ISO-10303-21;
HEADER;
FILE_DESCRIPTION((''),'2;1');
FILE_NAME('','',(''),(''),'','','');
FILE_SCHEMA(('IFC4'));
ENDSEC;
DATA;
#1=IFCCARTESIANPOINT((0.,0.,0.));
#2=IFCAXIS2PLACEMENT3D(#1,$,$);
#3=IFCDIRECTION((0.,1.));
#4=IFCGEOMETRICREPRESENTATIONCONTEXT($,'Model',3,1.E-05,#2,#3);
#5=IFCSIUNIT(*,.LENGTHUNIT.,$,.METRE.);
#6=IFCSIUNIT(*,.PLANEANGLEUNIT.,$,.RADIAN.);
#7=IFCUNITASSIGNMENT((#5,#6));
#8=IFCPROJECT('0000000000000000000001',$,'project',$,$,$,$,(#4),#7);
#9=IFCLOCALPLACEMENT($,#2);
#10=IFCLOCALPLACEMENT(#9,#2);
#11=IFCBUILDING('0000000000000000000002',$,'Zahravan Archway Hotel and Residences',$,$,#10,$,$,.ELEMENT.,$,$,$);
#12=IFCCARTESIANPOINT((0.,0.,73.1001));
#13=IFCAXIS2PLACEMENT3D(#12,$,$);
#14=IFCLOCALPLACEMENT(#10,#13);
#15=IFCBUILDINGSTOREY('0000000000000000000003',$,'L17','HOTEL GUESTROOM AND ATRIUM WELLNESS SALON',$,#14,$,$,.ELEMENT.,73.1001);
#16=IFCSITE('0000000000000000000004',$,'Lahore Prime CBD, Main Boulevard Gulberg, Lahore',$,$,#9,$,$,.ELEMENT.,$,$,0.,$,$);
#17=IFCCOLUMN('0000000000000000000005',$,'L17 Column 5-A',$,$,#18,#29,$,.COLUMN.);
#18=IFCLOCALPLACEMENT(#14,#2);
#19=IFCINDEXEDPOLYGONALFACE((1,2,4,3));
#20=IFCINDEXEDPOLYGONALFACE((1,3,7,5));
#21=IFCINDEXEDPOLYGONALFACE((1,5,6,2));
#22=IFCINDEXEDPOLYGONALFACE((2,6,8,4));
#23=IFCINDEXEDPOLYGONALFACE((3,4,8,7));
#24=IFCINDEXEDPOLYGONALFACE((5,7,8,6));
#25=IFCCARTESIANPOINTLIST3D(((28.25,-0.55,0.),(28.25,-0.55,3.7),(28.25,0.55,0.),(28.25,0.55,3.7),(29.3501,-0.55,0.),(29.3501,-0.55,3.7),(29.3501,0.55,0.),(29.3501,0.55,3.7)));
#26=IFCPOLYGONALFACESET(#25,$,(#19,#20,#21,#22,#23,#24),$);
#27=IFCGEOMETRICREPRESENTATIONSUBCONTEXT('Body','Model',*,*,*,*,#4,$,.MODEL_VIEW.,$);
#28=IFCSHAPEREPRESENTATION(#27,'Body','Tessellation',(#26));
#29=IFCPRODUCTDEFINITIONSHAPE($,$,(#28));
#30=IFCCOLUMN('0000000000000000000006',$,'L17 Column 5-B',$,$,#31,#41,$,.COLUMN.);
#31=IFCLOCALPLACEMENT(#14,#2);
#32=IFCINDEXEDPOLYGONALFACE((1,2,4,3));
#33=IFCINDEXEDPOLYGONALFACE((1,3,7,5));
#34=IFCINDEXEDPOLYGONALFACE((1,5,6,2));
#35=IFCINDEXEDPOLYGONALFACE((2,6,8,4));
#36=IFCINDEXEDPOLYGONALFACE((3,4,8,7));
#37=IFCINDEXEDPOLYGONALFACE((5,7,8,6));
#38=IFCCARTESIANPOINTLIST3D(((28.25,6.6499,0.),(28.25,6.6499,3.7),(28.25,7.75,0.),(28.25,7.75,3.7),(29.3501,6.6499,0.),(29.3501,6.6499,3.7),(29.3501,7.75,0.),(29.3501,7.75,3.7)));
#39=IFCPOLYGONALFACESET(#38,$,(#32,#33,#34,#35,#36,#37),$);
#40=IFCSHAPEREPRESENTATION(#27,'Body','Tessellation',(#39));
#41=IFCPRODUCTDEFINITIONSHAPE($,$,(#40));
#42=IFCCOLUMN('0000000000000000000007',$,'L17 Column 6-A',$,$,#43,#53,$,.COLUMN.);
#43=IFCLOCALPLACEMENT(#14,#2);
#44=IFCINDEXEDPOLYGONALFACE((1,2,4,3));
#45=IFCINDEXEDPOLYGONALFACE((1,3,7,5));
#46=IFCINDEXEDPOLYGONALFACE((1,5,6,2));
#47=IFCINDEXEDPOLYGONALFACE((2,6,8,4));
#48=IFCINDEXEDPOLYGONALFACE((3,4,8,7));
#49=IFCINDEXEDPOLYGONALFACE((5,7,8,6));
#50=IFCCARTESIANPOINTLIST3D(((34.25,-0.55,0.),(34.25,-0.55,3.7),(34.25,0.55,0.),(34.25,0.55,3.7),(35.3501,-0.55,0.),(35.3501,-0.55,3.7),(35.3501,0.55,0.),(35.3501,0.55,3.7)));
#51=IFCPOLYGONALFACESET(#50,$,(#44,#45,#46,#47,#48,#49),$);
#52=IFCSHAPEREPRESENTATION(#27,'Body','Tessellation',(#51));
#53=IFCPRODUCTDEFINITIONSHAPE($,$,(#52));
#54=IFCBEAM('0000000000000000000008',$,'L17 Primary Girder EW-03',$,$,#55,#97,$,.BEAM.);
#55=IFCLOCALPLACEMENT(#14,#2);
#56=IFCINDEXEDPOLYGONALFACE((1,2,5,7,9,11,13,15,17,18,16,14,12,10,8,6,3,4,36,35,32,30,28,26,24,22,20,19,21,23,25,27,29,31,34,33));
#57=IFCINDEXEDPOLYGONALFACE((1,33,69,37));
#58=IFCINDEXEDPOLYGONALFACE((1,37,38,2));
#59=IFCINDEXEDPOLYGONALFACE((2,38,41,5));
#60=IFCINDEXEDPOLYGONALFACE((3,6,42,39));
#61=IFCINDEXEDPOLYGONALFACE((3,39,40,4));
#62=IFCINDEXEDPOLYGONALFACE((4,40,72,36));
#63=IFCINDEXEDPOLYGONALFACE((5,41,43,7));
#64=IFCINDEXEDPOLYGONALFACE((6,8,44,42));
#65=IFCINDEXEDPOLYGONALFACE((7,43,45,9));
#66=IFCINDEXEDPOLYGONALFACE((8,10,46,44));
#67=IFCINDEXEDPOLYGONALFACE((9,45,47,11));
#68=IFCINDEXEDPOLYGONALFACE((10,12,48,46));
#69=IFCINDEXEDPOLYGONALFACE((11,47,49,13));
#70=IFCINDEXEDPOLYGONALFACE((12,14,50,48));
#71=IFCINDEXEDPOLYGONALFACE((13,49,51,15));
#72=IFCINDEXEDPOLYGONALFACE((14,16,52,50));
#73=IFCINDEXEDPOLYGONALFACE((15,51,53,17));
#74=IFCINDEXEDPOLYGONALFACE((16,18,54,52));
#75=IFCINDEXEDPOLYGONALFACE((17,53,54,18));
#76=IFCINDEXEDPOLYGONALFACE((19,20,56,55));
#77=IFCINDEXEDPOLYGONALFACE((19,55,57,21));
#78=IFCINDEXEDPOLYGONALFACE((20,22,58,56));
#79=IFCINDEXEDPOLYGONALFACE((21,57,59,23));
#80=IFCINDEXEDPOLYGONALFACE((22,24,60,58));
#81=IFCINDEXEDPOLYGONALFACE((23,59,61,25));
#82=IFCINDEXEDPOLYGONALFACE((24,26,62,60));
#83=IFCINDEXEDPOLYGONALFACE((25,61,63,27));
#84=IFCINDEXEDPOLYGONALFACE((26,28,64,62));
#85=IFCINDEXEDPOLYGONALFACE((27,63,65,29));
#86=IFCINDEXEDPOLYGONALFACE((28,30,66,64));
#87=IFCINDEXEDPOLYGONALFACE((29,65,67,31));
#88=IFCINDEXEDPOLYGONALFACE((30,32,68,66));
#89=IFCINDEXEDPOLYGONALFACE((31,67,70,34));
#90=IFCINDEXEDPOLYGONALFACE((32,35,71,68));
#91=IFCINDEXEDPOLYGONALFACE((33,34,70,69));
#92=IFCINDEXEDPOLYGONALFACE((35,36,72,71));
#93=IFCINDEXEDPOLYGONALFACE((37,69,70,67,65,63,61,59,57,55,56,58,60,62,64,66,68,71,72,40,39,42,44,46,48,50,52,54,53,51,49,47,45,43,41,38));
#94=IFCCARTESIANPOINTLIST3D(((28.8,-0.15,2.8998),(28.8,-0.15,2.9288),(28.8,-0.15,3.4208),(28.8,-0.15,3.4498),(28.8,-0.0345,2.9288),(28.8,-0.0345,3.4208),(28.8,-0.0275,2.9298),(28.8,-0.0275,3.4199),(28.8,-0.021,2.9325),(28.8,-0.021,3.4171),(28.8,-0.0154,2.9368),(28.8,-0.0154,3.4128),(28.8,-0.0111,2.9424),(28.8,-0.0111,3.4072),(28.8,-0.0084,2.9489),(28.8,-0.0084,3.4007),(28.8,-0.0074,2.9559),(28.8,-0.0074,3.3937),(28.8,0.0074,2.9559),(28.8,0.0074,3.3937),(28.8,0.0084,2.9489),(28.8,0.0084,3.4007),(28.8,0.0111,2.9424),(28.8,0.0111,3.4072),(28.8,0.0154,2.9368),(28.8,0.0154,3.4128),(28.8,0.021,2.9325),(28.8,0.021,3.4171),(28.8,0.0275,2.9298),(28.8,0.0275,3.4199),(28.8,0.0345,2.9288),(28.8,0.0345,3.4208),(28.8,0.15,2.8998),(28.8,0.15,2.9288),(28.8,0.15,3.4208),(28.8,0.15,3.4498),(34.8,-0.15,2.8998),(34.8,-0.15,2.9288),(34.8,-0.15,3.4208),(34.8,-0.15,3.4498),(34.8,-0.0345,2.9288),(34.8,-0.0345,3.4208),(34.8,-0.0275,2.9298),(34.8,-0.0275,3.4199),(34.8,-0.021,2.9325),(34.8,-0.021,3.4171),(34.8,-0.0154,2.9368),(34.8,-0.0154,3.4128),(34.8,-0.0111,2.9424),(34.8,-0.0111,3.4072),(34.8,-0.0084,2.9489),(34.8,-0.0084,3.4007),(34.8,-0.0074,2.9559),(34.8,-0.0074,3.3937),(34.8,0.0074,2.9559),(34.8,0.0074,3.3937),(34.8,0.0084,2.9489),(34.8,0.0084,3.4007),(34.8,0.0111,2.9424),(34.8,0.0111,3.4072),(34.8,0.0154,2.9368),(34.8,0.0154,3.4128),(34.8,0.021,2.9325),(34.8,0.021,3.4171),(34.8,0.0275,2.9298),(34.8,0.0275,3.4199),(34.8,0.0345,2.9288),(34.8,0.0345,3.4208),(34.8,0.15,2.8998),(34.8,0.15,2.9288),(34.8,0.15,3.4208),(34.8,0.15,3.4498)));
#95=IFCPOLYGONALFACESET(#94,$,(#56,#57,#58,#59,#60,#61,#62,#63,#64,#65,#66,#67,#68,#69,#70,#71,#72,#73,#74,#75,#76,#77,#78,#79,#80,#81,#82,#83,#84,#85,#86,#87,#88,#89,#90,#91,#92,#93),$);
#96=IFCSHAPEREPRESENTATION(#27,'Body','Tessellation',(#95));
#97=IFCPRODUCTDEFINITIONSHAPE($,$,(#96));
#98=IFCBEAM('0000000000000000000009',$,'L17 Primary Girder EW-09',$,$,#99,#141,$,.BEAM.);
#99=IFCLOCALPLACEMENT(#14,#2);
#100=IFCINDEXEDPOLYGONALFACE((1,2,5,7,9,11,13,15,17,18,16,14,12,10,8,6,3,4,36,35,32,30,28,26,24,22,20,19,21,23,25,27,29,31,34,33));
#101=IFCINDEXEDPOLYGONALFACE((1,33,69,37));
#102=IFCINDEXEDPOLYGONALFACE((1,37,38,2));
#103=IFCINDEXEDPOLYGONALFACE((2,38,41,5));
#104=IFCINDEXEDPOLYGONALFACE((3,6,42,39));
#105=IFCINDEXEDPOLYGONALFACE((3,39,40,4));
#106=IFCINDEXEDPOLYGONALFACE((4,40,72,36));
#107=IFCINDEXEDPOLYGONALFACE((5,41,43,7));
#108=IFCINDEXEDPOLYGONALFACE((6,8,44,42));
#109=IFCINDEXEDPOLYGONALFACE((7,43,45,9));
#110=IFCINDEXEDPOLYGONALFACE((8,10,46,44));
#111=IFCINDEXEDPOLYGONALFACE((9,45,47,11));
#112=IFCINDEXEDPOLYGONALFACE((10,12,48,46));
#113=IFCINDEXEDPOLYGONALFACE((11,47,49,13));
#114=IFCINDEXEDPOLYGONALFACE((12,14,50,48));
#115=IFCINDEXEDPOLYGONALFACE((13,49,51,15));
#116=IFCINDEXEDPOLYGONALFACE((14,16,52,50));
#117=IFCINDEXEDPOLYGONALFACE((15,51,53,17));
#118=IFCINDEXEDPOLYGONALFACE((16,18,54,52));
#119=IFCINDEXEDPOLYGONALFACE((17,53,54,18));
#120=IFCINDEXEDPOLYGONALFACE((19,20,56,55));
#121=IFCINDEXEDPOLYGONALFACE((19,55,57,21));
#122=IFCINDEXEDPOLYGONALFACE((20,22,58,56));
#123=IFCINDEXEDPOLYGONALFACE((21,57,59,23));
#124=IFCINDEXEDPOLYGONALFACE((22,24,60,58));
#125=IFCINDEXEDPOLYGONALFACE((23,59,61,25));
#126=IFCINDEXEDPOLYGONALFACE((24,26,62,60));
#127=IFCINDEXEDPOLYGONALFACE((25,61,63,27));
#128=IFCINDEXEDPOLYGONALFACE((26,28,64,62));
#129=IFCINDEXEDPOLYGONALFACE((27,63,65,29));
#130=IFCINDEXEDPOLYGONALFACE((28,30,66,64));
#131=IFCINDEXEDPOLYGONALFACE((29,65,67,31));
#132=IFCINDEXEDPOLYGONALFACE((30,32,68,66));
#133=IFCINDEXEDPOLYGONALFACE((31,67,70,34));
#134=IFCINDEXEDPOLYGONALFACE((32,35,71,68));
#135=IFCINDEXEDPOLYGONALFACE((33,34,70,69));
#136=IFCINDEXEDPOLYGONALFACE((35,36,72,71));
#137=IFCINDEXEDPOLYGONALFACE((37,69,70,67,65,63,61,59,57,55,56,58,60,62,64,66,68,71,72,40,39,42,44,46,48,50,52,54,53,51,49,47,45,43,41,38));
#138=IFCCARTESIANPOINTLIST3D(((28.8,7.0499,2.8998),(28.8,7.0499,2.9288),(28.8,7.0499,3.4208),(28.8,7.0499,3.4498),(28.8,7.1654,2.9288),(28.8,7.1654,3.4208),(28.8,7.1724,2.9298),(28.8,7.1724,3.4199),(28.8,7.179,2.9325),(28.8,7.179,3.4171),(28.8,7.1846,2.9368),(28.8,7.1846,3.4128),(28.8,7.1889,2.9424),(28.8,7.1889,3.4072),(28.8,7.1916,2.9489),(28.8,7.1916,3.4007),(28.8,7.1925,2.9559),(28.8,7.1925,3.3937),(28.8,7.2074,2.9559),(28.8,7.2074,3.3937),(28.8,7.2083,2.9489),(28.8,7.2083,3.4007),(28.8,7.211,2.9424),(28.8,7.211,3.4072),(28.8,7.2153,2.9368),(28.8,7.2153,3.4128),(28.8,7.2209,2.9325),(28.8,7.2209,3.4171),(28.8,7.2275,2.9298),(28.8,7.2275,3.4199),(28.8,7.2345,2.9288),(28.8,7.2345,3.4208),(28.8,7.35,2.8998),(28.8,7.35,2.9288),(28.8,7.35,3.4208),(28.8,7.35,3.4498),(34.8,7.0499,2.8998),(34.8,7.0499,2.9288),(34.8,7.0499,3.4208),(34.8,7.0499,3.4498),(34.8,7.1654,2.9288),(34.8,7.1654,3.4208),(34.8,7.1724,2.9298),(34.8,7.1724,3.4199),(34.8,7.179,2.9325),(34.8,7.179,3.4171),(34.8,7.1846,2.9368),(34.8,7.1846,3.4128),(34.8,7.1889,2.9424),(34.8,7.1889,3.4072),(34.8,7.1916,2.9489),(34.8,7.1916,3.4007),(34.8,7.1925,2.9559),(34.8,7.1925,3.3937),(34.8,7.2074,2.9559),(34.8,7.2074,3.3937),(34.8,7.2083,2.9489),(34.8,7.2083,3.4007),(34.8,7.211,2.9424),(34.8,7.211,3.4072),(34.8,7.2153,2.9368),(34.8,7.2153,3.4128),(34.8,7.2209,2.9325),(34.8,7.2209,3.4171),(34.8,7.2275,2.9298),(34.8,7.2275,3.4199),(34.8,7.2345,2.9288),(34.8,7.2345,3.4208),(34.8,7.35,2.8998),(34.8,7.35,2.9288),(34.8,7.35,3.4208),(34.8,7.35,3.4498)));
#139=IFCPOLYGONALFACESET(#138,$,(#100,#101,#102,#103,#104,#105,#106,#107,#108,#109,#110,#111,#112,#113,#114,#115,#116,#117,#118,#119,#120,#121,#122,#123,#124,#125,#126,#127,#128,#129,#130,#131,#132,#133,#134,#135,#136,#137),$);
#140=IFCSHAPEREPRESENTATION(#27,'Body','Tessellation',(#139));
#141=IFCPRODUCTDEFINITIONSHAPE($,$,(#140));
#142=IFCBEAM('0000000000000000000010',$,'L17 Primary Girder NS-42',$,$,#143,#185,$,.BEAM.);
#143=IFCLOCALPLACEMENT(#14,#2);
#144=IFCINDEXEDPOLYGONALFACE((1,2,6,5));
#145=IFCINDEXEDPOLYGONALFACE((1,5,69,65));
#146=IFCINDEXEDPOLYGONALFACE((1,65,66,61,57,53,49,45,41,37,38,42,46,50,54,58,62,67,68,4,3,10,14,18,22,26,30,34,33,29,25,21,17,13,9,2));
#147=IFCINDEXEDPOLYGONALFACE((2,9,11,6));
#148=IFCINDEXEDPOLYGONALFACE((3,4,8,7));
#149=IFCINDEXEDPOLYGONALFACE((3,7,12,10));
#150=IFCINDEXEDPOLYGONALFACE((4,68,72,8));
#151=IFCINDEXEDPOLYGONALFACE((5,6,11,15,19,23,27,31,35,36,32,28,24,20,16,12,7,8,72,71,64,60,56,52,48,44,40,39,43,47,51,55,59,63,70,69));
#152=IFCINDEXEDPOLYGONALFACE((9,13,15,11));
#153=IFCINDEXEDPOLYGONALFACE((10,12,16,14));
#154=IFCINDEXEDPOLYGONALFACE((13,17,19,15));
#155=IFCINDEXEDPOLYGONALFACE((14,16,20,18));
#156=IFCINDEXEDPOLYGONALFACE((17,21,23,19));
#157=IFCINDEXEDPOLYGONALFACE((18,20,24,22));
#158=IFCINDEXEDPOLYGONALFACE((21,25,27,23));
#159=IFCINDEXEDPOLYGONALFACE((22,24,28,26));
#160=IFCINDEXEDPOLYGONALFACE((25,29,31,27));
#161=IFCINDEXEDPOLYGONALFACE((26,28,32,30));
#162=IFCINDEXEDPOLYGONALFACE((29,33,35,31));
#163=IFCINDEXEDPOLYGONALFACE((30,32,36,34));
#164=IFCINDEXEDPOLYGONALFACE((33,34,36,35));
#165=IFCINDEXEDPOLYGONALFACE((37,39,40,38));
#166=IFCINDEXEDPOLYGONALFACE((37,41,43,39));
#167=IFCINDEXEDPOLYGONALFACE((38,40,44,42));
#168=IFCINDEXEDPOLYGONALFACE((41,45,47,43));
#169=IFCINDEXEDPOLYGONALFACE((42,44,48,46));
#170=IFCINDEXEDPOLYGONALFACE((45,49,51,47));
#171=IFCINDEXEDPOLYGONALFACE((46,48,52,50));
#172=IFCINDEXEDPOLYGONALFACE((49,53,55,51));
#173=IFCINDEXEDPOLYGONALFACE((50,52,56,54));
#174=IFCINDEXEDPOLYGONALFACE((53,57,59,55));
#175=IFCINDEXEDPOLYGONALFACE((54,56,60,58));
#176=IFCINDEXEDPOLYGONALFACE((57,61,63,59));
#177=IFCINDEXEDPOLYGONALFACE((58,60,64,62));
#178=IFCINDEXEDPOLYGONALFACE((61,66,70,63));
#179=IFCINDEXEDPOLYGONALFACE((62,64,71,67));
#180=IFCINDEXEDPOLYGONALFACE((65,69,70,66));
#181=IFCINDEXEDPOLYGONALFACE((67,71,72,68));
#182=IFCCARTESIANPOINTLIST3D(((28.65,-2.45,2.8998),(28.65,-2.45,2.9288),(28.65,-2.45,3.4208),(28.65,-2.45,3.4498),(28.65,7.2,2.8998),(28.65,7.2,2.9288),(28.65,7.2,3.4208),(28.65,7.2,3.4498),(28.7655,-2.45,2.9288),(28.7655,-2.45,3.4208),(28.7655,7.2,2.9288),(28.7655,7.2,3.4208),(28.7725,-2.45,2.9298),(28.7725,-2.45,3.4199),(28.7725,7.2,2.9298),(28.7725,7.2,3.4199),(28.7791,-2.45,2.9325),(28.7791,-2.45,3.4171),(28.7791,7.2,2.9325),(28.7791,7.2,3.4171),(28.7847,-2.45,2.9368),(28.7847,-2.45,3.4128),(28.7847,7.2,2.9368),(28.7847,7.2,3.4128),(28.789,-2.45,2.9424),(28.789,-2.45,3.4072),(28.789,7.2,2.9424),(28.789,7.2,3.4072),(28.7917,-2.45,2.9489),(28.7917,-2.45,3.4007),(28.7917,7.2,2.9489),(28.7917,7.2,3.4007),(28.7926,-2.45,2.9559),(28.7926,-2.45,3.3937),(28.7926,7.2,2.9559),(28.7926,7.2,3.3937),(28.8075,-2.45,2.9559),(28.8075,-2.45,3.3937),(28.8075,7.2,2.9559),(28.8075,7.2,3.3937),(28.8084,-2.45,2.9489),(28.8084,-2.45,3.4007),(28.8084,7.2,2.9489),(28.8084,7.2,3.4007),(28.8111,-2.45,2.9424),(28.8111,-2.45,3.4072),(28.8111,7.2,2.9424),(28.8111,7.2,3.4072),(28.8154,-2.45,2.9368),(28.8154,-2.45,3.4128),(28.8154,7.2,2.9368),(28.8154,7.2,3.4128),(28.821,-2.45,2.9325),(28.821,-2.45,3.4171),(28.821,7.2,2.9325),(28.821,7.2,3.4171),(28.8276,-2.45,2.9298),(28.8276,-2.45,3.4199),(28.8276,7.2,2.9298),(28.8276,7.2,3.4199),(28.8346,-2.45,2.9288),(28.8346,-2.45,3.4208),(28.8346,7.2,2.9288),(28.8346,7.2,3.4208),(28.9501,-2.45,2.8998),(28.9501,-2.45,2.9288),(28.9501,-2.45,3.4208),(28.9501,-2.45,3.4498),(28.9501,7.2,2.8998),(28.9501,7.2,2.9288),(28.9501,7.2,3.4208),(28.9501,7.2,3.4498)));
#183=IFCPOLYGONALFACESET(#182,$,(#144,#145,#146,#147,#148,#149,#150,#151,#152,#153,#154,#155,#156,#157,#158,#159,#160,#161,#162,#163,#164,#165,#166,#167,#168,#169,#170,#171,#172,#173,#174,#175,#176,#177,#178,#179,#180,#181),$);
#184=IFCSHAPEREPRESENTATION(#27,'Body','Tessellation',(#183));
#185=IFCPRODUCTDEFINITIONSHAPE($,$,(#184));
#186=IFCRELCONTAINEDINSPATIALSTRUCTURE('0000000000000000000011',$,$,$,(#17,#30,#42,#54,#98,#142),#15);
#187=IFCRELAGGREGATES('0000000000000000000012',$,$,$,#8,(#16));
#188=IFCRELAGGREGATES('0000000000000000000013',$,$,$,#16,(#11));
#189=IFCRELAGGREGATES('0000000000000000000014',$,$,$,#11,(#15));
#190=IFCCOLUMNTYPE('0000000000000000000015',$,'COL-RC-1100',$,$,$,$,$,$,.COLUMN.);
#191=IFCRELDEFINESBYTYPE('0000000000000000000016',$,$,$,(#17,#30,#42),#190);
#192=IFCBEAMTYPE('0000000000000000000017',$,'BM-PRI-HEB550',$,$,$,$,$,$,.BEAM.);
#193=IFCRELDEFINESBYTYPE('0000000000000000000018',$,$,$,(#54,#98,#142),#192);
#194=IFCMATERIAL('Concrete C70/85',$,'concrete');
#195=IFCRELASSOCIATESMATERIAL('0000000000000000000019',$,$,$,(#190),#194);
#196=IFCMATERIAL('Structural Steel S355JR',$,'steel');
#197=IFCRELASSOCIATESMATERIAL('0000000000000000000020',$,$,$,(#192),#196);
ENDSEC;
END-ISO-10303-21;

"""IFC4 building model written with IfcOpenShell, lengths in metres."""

from ifc_helpers import new_model, si_unit, direction, frame, origin, origin_2d, place, context, subcontext, project, spatial, rectangle, i_section, extrude, source, transform, mapped, material, material_profile, profile_set, type_object, element, save


model = new_model("IFC4")

# Units and contexts
model_context = context("Model", 3, precision=1e-05, world=origin(), true_north=direction((0.0, 1.0)))
body_context = subcontext(model_context, "Body", "Model", "MODEL_VIEW")
ifc_project = project(units=[si_unit("LENGTHUNIT", "METRE"), si_unit("PLANEANGLEUNIT", "RADIAN")], contexts=[model_context])

# Site, building, storey
site_placement = place(None, origin())
site = spatial("IfcSite", under=ifc_project, at=site_placement, Name="Lahore Prime CBD, Main Boulevard Gulberg, Lahore", CompositionType="ELEMENT", RefElevation=0.0)
building_placement = place(site_placement, origin())
building = spatial("IfcBuilding", under=site, at=building_placement, Name="Zahravan Archway Hotel and Residences", CompositionType="ELEMENT")
storey_placement = place(building_placement, frame((0.0, 0.0, 73.1001)))
storey = spatial("IfcBuildingStorey", under=building, at=storey_placement, Name="L17", Description="HOTEL GUESTROOM AND ATRIUM WELLNESS SALON", CompositionType="ELEMENT", Elevation=73.1001)

# Columns
ifc_material_1 = material(Name="Concrete C70/85", Category="concrete")
ifc_material_profile_1 = material_profile(ifc_material_1, rectangle(XDim=1.1001, YDim=1.1001, at=origin_2d()), Name="RC 1100x1100", Category="concrete")
ifc_profile_set_1 = profile_set([ifc_material_profile_1], Name="Concrete C70/85")
column_type = type_object("IfcColumnType", Name="COL-RC-1100", PredefinedType="COLUMN", material=ifc_profile_set_1)
shared_shape_1 = source(origin(), body_context, "Body", "SweptSolid", [
    extrude(rectangle(XDim=1.1001, YDim=1.1001, at=origin_2d()), origin(), (0.0, 0.0, 1.0), 3.7),
])
for number, where, z_axis, x_axis, name in (
    (1, (28.8, 0.0, 0.0), (0.0, 0.0, 1.0), (1.0, 0.0, 0.0), "L17 Column 5-A"),
    (2, (28.8, 7.2, 0.0), (0.0, 0.0, 1.0), (1.0, 0.0, 0.0), "L17 Column 5-B"),
    (3, (34.8, 0.0, 0.0), (0.0, 0.0, 1.0), (1.0, 0.0, 0.0), "L17 Column 6-A"),
):
    element("IfcColumn", number, at=place(storey_placement, frame(where, z_axis=z_axis, x_axis=x_axis)), inside=storey, type_object=column_type, Name=name, PredefinedType="COLUMN", context=body_context, shape_type="MappedRepresentation", body=[
        mapped(shared_shape_1, transform((0.0, 0.0, 0.0), scale=1.0)),
    ])

# Beams
ifc_material_2 = material(Name="Structural Steel S355JR", Category="steel")
ifc_material_profile_2 = material_profile(ifc_material_2, i_section(OverallWidth=0.3, OverallDepth=0.55, WebThickness=0.0149, FlangeThickness=0.0291, FilletRadius=0.0271, at=origin_2d()), Name="HEB 550", Category="steel")
ifc_profile_set_2 = profile_set([ifc_material_profile_2], Name="Structural Steel S355JR")
beam_type_1 = type_object("IfcBeamType", Name="BM-PRI-HEB550", PredefinedType="BEAM", material=ifc_profile_set_2)
shared_shape_2 = source(origin(), body_context, "Body", "SweptSolid", [
    extrude(i_section(OverallWidth=0.3, OverallDepth=0.55, WebThickness=0.0149, FlangeThickness=0.0291, FilletRadius=0.0271, at=origin_2d()), origin(), (0.0, 0.0, 1.0), 6.0),
])
for number, where, z_axis, x_axis, name in (
    (4, (28.8, 0.0, 3.1748), (1.0, 0.0, 0.0), (0.0, 1.0, 0.0), "L17 Primary Girder EW-03"),
    (5, (28.8, 7.2, 3.1748), (1.0, 0.0, 0.0), (0.0, 1.0, 0.0), "L17 Primary Girder EW-09"),
):
    element("IfcBeam", number, at=place(storey_placement, frame(where, z_axis=z_axis, x_axis=x_axis)), inside=storey, type_object=beam_type_1, Name=name, PredefinedType="BEAM", context=body_context, shape_type="MappedRepresentation", body=[
        mapped(shared_shape_2, transform((0.0, 0.0, 0.0), scale=1.0)),
    ])
shared_shape_3 = source(origin(), body_context, "Body", "SweptSolid", [
    extrude(i_section(OverallWidth=0.3, OverallDepth=0.55, WebThickness=0.0149, FlangeThickness=0.0291, FilletRadius=0.0271, at=origin_2d()), origin(), (0.0, 0.0, 1.0), 9.6499),
])
beam_placement = place(storey_placement, frame((28.8, -2.45, 3.1748), z_axis=(0.0, 1.0, 0.0), x_axis=(-1.0, 0.0, 0.0)))
element("IfcBeam", 6, at=beam_placement, inside=storey, type_object=beam_type_1, Name="L17 Primary Girder NS-42", PredefinedType="BEAM", context=body_context, shape_type="MappedRepresentation", body=[
    mapped(shared_shape_3, transform((0.0, 0.0, 0.0), scale=1.0)),
])

save(model, "model.ifc")
